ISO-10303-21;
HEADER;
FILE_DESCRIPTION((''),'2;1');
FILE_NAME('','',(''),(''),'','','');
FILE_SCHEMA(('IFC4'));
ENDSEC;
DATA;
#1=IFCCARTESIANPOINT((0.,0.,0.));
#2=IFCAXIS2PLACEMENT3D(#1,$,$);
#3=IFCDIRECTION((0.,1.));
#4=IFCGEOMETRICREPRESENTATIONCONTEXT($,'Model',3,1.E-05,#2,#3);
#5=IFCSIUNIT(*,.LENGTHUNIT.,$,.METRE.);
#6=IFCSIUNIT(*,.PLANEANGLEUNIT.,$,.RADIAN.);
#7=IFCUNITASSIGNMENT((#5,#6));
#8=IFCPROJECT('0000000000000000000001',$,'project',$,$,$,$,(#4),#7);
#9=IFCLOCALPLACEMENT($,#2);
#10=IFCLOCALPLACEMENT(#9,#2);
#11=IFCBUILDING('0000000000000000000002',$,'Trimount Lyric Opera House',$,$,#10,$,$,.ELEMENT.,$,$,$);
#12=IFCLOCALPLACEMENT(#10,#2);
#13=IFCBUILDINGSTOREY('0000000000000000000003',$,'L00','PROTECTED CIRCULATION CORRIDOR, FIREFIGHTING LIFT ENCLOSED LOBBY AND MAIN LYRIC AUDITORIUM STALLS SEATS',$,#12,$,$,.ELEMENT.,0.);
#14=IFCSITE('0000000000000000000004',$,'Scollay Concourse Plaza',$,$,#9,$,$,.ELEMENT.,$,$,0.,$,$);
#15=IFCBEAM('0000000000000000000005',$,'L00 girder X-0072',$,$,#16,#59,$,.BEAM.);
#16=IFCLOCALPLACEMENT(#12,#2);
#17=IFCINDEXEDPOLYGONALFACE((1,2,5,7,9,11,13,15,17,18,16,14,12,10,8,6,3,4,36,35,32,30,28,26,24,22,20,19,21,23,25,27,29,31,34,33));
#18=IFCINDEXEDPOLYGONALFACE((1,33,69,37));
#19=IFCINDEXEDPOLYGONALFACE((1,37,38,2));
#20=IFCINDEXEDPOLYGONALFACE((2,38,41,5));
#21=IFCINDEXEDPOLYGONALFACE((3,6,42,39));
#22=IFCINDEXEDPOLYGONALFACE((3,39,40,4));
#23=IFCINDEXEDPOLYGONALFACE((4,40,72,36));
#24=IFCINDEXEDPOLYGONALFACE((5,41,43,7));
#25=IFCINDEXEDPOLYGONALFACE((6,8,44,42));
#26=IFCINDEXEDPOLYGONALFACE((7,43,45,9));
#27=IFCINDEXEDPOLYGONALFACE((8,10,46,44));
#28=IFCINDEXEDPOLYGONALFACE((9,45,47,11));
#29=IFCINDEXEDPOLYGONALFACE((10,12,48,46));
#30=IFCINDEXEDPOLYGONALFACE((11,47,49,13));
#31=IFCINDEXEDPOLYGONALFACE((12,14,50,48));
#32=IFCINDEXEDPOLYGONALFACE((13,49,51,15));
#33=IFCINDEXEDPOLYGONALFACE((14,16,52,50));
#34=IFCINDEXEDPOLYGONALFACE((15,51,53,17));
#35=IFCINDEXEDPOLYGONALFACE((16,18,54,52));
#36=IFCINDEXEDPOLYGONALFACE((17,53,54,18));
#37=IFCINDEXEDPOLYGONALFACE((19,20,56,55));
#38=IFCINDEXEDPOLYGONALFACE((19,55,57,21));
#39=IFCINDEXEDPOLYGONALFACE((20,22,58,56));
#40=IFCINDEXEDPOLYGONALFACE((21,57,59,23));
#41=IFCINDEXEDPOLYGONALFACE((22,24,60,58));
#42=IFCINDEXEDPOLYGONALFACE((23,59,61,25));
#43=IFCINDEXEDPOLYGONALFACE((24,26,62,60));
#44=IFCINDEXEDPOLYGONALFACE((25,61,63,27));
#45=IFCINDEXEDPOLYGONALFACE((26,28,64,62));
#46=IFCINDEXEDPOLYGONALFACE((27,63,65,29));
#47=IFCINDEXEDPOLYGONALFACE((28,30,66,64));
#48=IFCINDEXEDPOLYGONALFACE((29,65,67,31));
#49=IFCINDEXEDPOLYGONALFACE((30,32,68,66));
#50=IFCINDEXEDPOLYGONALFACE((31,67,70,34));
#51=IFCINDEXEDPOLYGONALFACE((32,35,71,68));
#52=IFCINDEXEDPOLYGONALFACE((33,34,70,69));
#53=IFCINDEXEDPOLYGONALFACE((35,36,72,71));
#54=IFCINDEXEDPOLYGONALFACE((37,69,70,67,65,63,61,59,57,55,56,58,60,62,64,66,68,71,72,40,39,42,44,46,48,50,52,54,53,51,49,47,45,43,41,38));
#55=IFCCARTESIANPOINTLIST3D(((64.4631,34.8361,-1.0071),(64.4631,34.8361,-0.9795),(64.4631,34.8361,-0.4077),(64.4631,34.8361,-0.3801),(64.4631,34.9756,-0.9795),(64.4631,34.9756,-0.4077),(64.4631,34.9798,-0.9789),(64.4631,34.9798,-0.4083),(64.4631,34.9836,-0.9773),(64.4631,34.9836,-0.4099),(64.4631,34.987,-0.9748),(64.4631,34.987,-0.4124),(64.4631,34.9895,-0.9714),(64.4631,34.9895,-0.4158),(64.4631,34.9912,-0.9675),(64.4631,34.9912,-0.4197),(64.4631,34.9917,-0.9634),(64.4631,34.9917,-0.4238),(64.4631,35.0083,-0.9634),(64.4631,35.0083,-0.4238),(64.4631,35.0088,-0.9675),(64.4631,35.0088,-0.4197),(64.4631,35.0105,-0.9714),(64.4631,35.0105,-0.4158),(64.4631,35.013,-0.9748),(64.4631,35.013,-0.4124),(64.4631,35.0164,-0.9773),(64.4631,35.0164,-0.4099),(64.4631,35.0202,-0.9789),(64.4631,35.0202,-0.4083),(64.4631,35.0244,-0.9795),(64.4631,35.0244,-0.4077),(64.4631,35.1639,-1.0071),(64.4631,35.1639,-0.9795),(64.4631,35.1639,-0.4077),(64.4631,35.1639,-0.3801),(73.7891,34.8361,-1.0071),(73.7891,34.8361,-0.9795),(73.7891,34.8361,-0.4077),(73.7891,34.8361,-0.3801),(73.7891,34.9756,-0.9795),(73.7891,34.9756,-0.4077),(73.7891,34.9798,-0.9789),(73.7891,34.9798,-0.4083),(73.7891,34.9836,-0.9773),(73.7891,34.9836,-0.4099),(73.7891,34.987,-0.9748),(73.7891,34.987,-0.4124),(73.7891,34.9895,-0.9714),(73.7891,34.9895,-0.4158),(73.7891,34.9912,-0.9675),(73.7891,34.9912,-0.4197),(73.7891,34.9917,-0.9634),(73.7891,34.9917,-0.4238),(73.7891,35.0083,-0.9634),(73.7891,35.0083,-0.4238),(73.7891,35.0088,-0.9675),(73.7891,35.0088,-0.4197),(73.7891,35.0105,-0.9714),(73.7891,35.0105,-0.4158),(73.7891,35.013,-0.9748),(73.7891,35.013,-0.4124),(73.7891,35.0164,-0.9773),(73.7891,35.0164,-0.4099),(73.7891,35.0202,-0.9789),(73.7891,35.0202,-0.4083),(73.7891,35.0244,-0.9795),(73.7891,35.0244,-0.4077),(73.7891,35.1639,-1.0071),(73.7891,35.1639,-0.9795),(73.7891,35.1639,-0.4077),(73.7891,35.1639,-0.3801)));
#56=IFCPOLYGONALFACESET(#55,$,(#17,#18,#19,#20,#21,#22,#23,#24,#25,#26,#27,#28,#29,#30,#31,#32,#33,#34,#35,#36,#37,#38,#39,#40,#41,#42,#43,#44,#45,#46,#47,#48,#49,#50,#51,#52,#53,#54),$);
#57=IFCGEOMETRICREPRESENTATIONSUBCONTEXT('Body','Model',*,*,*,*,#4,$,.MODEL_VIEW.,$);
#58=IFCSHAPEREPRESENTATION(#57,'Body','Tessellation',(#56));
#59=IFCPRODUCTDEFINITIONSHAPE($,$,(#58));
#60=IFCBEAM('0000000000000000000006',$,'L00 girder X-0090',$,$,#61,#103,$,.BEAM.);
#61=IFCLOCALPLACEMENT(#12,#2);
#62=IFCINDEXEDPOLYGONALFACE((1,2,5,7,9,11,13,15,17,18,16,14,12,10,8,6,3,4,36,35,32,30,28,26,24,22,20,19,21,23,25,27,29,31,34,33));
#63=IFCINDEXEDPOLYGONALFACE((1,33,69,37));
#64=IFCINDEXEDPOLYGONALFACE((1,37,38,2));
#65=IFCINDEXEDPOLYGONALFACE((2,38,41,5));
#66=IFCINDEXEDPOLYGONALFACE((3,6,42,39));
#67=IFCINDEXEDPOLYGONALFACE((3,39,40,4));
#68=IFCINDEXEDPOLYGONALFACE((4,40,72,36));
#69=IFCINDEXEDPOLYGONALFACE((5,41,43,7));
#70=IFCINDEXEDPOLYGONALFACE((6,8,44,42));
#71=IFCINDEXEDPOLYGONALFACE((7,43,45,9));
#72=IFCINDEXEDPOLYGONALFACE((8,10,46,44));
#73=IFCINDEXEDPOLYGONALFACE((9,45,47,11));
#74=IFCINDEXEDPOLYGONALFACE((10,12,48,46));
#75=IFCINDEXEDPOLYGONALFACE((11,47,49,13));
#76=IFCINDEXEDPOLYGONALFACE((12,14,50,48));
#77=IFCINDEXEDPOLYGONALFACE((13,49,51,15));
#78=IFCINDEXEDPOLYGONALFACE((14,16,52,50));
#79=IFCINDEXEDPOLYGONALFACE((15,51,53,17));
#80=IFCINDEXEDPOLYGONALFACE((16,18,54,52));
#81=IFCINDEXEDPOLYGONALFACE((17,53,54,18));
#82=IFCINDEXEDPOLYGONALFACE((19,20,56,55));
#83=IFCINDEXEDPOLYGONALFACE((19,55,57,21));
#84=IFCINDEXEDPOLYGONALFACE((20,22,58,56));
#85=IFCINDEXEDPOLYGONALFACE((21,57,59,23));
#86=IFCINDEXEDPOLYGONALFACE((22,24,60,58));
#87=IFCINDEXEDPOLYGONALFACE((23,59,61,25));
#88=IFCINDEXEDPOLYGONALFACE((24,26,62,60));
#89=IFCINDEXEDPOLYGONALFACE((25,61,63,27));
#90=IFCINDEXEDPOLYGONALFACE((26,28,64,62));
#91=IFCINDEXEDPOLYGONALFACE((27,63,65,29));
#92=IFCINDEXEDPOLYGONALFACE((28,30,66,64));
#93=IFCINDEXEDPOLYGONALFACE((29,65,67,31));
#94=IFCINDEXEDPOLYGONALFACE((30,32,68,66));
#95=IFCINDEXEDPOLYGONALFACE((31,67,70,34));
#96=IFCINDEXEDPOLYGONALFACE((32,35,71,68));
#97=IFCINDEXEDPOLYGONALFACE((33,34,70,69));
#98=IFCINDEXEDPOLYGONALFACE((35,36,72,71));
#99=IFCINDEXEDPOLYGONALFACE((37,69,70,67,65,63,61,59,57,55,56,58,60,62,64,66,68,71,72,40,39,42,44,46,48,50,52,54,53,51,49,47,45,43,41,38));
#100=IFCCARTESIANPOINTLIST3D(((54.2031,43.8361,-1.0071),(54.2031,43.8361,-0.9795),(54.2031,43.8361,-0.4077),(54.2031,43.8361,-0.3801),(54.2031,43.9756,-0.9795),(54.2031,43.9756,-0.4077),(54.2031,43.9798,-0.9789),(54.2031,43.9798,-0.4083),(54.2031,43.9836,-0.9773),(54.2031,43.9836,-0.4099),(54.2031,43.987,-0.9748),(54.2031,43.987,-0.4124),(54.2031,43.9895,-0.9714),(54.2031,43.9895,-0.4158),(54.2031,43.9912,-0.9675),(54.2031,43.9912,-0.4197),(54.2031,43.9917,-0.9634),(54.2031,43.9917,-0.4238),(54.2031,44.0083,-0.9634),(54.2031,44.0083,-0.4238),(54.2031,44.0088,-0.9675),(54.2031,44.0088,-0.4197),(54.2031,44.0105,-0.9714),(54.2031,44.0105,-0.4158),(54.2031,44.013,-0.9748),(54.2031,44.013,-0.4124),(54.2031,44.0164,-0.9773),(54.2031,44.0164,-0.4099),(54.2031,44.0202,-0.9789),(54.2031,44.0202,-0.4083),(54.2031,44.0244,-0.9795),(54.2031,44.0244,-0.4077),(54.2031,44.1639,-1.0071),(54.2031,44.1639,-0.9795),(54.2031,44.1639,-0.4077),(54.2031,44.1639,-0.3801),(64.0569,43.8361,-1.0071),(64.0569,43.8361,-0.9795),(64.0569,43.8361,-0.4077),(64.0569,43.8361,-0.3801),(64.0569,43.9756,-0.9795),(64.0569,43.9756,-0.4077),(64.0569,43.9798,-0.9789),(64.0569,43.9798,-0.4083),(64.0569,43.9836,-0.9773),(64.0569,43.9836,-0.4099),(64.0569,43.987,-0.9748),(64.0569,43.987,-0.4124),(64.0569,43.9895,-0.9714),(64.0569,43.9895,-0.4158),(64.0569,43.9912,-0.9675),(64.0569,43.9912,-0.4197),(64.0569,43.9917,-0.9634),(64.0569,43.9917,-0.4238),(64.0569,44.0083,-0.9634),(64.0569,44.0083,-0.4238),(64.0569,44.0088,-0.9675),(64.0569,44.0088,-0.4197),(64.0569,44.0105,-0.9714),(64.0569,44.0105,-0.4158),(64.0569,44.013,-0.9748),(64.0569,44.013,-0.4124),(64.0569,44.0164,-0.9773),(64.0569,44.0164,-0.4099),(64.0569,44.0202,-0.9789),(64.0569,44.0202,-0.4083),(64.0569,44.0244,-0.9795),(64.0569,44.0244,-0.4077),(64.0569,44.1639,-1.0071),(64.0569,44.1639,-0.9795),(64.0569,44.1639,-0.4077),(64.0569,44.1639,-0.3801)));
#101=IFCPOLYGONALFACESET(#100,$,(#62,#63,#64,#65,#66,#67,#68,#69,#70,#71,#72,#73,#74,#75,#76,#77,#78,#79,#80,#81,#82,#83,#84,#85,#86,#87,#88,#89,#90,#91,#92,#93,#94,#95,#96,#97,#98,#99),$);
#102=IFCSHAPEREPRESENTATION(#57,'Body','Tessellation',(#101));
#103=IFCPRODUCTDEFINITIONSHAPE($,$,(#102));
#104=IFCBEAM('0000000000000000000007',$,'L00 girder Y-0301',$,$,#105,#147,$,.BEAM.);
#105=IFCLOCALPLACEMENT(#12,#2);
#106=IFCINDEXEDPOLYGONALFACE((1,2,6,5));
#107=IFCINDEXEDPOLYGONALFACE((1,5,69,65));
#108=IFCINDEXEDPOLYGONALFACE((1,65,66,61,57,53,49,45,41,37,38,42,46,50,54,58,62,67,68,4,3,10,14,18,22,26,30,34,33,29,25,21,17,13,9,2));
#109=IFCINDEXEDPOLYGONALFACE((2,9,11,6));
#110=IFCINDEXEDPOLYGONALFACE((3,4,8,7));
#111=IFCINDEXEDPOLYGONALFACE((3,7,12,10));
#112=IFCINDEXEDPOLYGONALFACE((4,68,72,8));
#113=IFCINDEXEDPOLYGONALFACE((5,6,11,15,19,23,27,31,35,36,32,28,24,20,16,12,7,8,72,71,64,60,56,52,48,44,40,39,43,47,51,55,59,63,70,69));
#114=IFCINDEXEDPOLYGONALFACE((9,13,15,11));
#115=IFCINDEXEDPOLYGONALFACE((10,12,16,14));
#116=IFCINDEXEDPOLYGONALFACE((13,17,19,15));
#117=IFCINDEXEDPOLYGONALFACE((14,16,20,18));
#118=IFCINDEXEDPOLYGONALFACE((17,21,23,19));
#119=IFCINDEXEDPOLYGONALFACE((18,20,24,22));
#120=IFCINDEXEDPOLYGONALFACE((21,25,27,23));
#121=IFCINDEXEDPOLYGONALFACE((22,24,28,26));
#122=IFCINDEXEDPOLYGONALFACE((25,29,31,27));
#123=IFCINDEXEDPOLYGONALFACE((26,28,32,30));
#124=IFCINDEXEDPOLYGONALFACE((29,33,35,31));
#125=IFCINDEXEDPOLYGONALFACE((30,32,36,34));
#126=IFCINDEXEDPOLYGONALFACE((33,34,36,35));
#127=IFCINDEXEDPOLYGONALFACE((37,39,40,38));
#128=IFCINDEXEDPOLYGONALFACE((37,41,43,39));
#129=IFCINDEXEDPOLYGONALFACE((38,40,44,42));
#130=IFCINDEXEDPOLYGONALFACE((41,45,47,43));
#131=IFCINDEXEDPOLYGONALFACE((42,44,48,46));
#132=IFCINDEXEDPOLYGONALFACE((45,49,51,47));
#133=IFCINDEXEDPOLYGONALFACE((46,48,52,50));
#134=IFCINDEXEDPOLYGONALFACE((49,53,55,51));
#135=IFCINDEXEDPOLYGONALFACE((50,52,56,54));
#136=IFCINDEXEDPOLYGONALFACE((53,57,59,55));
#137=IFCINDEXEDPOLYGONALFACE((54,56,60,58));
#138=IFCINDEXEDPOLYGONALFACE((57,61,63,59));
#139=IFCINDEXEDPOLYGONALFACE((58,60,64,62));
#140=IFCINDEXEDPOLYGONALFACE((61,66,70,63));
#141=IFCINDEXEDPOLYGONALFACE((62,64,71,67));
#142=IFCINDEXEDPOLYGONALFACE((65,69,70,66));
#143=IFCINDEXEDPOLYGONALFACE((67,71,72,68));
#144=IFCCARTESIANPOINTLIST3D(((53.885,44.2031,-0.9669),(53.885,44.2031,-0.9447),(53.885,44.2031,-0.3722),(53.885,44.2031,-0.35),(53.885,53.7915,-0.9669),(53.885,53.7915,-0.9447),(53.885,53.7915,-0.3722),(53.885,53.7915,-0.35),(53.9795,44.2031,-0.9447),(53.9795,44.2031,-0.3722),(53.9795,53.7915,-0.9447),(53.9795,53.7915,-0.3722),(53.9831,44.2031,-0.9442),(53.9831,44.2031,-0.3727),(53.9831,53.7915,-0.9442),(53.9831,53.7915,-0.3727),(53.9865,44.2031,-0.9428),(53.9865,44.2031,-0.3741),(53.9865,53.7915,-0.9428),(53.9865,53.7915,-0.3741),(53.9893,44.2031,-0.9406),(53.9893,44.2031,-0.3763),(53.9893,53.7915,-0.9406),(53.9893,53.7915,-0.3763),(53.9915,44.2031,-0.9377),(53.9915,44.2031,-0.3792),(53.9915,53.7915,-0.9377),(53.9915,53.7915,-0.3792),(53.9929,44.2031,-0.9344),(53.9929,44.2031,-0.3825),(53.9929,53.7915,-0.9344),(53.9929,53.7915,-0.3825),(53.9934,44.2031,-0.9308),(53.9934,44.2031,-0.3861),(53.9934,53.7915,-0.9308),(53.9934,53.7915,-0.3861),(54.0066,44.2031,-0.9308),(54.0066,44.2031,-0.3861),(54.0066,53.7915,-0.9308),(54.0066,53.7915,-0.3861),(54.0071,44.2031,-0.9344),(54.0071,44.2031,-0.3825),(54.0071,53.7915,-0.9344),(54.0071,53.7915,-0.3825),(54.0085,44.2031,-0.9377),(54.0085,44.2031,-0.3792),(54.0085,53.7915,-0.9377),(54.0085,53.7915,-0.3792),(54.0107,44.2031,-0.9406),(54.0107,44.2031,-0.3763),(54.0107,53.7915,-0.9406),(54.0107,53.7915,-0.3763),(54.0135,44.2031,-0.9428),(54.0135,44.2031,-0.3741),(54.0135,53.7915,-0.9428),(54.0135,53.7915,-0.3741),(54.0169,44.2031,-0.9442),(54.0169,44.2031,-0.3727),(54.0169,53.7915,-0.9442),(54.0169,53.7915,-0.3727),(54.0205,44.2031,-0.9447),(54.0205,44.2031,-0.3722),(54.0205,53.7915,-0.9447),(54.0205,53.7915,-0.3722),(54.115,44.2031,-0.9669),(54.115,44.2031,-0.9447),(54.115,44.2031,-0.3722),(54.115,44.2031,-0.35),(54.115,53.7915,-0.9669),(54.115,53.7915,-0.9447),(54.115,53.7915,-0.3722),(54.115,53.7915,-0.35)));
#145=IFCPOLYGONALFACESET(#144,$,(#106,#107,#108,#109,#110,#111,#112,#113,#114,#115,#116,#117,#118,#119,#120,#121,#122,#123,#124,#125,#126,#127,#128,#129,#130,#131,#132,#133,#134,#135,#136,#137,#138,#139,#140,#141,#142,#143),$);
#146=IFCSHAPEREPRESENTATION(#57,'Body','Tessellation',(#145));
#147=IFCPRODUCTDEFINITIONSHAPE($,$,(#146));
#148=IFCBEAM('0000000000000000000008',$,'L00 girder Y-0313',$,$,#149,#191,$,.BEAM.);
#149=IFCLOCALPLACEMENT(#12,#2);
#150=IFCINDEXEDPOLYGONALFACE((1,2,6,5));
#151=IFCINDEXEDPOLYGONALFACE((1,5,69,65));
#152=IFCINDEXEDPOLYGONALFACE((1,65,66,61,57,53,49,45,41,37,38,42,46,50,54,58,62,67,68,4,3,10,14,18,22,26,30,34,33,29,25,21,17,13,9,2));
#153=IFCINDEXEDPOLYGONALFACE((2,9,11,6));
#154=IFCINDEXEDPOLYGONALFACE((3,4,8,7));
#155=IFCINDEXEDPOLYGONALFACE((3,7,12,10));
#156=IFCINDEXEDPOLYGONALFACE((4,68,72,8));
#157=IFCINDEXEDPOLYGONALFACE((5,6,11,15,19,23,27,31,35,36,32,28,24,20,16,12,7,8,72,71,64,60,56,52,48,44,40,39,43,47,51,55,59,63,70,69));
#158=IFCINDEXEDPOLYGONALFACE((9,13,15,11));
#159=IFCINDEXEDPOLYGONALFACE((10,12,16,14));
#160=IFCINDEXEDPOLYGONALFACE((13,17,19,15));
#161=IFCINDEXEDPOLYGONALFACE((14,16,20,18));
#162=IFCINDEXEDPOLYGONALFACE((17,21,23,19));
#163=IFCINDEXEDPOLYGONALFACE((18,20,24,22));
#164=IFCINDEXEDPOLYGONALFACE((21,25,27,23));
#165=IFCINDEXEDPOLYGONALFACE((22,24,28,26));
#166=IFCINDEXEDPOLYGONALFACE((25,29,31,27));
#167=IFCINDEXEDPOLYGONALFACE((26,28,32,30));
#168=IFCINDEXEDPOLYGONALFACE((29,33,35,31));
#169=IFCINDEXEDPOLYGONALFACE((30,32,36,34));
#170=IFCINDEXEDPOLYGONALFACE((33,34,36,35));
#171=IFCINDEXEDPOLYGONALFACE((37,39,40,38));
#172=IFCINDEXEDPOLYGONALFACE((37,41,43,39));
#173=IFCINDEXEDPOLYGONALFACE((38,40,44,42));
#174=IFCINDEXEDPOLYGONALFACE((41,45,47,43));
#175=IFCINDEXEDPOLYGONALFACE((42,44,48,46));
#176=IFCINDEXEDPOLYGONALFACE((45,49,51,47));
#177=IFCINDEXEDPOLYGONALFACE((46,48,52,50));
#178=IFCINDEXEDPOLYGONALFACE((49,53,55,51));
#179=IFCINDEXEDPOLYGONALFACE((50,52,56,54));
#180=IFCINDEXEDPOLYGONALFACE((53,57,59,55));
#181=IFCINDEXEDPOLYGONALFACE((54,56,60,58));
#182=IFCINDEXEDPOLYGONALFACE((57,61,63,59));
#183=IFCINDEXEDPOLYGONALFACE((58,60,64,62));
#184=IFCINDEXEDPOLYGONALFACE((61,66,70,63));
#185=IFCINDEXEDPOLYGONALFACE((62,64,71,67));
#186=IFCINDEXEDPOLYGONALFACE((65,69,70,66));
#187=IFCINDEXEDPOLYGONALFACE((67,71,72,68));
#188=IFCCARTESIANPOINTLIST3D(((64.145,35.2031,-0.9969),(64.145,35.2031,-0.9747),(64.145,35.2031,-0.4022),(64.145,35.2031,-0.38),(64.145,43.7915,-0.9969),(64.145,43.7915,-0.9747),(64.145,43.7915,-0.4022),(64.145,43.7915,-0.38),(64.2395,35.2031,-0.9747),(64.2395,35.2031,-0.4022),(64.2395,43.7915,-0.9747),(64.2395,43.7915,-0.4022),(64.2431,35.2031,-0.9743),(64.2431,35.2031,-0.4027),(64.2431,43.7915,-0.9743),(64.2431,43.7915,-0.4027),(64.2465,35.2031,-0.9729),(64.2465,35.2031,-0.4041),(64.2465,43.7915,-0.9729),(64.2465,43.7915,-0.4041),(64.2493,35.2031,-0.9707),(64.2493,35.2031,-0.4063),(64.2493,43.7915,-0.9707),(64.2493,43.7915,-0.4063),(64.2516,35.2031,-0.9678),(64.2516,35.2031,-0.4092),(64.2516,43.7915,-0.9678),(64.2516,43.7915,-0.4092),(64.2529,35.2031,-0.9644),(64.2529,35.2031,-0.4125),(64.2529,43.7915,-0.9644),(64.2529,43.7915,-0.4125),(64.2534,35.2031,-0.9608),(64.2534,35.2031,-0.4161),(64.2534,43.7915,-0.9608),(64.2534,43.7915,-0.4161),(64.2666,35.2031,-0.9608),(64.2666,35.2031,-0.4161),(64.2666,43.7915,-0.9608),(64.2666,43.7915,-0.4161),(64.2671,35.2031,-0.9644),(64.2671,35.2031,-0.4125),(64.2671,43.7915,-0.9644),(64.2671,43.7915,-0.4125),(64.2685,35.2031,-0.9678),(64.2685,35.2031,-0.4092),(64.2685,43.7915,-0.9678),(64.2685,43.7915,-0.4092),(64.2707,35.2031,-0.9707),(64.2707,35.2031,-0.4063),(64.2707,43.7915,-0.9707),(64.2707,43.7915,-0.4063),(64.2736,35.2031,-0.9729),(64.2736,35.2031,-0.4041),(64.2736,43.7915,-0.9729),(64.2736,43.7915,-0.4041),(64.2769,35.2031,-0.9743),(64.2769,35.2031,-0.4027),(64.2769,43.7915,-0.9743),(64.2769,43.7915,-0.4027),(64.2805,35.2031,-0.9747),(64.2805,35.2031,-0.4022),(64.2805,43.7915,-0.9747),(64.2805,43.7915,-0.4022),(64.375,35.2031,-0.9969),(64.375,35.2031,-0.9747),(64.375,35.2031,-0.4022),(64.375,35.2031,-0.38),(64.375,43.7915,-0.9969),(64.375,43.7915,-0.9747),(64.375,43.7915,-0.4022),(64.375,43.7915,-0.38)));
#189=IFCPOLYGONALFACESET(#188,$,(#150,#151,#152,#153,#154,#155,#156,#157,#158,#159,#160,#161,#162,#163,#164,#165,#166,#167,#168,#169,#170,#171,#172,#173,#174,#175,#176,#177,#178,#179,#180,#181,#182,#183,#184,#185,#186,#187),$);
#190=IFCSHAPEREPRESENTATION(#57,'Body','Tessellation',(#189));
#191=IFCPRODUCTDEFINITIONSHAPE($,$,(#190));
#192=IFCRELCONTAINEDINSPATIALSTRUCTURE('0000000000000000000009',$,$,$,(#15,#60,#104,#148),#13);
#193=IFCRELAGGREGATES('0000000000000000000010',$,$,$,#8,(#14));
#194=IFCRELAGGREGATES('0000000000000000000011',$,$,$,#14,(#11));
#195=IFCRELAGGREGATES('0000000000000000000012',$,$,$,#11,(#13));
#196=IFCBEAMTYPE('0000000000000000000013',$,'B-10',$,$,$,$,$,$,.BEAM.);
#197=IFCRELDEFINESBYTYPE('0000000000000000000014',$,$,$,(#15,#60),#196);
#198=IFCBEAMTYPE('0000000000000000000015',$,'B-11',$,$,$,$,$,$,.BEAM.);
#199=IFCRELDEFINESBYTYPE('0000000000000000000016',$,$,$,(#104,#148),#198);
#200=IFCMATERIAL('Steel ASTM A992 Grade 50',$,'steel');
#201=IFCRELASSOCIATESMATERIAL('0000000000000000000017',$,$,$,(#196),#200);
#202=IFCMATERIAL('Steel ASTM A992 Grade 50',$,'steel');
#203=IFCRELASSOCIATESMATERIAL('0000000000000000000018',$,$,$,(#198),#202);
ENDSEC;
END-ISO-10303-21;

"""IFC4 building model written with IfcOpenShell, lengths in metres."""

from ifc_helpers import new_model, si_unit, direction, frame, origin, origin_2d, place, context, subcontext, project, spatial, i_section, extrude, material, material_profile, profile_set, type_object, element, save


model = new_model("IFC4")

# Units and contexts
model_context = context("Model", 3, precision=1e-05, world=origin(), true_north=direction((0.0, 1.0)))
body_context = subcontext(model_context, "Body", "Model", "MODEL_VIEW")
ifc_project = project(units=[si_unit("LENGTHUNIT", "METRE"), si_unit("PLANEANGLEUNIT", "RADIAN")], contexts=[model_context])

# Site, building, storey
site_placement = place(None, origin())
site = spatial("IfcSite", under=ifc_project, at=site_placement, Name="Scollay Concourse Plaza", CompositionType="ELEMENT", RefElevation=0.0)
building_placement = place(site_placement, origin())
building = spatial("IfcBuilding", under=site, at=building_placement, Name="Trimount Lyric Opera House", CompositionType="ELEMENT")
storey_placement = place(building_placement, origin())
storey = spatial("IfcBuildingStorey", under=building, at=storey_placement, Name="L00", Description="PROTECTED CIRCULATION CORRIDOR, FIREFIGHTING LIFT ENCLOSED LOBBY AND MAIN LYRIC AUDITORIUM STALLS SEATS", CompositionType="ELEMENT", Elevation=0.0)

# Beams
ifc_material_1 = material(Name="Steel ASTM A992 Grade 50", Category="steel")
ifc_material_profile_1 = material_profile(ifc_material_1, i_section(OverallWidth=0.3279, OverallDepth=0.627, WebThickness=0.0166, FlangeThickness=0.0276, FilletRadius=0.0161, at=origin_2d()), Name="W24X146")
ifc_profile_set_1 = profile_set([ifc_material_profile_1], Name="Steel ASTM A992 Grade 50")
beam_type_1 = type_object("IfcBeamType", Name="B-10", PredefinedType="BEAM", material=ifc_profile_set_1)
beam_1_placement = place(storey_placement, frame((64.4631, 35.0, -0.6936), z_axis=(1.0, 0.0, 0.0), x_axis=(0.0, 1.0, 0.0)))
element("IfcBeam", 1, at=beam_1_placement, inside=storey, type_object=beam_type_1, Name="L00 girder X-0072", PredefinedType="BEAM", context=body_context, shape_type="SweptSolid", body=[
    extrude(i_section(OverallWidth=0.3279, OverallDepth=0.627, WebThickness=0.0166, FlangeThickness=0.0276, FilletRadius=0.0161, at=origin_2d()), origin(), (0.0, 0.0, 1.0), 9.3259),
])
beam_2_placement = place(storey_placement, frame((54.2031, 44.0, -0.6936), z_axis=(1.0, 0.0, 0.0), x_axis=(0.0, 1.0, 0.0)))
element("IfcBeam", 2, at=beam_2_placement, inside=storey, type_object=beam_type_1, Name="L00 girder X-0090", PredefinedType="BEAM", context=body_context, shape_type="SweptSolid", body=[
    extrude(i_section(OverallWidth=0.3279, OverallDepth=0.627, WebThickness=0.0166, FlangeThickness=0.0276, FilletRadius=0.0161, at=origin_2d()), origin(), (0.0, 0.0, 1.0), 9.8538),
])
ifc_material_2 = material(Name="Steel ASTM A992 Grade 50", Category="steel")
ifc_material_profile_2 = material_profile(ifc_material_2, i_section(OverallWidth=0.23, OverallDepth=0.6169, WebThickness=0.0132, FlangeThickness=0.0222, FilletRadius=0.0139, at=origin_2d()), Name="W24X94")
ifc_profile_set_2 = profile_set([ifc_material_profile_2], Name="Steel ASTM A992 Grade 50")
beam_type_2 = type_object("IfcBeamType", Name="B-11", PredefinedType="BEAM", material=ifc_profile_set_2)
beam_3_placement = place(storey_placement, frame((54.0, 44.2031, -0.6584), z_axis=(0.0, 1.0, 0.0), x_axis=(-1.0, 0.0, 0.0)))
element("IfcBeam", 3, at=beam_3_placement, inside=storey, type_object=beam_type_2, Name="L00 girder Y-0301", PredefinedType="BEAM", context=body_context, shape_type="SweptSolid", body=[
    extrude(i_section(OverallWidth=0.23, OverallDepth=0.6169, WebThickness=0.0132, FlangeThickness=0.0222, FilletRadius=0.0139, at=origin_2d()), origin(), (0.0, 0.0, 1.0), 9.5884),
])
beam_4_placement = place(storey_placement, frame((64.26, 35.2031, -0.6885), z_axis=(0.0, 1.0, 0.0), x_axis=(-1.0, 0.0, 0.0)))
element("IfcBeam", 4, at=beam_4_placement, inside=storey, type_object=beam_type_2, Name="L00 girder Y-0313", PredefinedType="BEAM", context=body_context, shape_type="SweptSolid", body=[
    extrude(i_section(OverallWidth=0.23, OverallDepth=0.6169, WebThickness=0.0132, FlangeThickness=0.0222, FilletRadius=0.0139, at=origin_2d()), origin(), (0.0, 0.0, 1.0), 8.5884),
])

save(model, "model.ifc")
